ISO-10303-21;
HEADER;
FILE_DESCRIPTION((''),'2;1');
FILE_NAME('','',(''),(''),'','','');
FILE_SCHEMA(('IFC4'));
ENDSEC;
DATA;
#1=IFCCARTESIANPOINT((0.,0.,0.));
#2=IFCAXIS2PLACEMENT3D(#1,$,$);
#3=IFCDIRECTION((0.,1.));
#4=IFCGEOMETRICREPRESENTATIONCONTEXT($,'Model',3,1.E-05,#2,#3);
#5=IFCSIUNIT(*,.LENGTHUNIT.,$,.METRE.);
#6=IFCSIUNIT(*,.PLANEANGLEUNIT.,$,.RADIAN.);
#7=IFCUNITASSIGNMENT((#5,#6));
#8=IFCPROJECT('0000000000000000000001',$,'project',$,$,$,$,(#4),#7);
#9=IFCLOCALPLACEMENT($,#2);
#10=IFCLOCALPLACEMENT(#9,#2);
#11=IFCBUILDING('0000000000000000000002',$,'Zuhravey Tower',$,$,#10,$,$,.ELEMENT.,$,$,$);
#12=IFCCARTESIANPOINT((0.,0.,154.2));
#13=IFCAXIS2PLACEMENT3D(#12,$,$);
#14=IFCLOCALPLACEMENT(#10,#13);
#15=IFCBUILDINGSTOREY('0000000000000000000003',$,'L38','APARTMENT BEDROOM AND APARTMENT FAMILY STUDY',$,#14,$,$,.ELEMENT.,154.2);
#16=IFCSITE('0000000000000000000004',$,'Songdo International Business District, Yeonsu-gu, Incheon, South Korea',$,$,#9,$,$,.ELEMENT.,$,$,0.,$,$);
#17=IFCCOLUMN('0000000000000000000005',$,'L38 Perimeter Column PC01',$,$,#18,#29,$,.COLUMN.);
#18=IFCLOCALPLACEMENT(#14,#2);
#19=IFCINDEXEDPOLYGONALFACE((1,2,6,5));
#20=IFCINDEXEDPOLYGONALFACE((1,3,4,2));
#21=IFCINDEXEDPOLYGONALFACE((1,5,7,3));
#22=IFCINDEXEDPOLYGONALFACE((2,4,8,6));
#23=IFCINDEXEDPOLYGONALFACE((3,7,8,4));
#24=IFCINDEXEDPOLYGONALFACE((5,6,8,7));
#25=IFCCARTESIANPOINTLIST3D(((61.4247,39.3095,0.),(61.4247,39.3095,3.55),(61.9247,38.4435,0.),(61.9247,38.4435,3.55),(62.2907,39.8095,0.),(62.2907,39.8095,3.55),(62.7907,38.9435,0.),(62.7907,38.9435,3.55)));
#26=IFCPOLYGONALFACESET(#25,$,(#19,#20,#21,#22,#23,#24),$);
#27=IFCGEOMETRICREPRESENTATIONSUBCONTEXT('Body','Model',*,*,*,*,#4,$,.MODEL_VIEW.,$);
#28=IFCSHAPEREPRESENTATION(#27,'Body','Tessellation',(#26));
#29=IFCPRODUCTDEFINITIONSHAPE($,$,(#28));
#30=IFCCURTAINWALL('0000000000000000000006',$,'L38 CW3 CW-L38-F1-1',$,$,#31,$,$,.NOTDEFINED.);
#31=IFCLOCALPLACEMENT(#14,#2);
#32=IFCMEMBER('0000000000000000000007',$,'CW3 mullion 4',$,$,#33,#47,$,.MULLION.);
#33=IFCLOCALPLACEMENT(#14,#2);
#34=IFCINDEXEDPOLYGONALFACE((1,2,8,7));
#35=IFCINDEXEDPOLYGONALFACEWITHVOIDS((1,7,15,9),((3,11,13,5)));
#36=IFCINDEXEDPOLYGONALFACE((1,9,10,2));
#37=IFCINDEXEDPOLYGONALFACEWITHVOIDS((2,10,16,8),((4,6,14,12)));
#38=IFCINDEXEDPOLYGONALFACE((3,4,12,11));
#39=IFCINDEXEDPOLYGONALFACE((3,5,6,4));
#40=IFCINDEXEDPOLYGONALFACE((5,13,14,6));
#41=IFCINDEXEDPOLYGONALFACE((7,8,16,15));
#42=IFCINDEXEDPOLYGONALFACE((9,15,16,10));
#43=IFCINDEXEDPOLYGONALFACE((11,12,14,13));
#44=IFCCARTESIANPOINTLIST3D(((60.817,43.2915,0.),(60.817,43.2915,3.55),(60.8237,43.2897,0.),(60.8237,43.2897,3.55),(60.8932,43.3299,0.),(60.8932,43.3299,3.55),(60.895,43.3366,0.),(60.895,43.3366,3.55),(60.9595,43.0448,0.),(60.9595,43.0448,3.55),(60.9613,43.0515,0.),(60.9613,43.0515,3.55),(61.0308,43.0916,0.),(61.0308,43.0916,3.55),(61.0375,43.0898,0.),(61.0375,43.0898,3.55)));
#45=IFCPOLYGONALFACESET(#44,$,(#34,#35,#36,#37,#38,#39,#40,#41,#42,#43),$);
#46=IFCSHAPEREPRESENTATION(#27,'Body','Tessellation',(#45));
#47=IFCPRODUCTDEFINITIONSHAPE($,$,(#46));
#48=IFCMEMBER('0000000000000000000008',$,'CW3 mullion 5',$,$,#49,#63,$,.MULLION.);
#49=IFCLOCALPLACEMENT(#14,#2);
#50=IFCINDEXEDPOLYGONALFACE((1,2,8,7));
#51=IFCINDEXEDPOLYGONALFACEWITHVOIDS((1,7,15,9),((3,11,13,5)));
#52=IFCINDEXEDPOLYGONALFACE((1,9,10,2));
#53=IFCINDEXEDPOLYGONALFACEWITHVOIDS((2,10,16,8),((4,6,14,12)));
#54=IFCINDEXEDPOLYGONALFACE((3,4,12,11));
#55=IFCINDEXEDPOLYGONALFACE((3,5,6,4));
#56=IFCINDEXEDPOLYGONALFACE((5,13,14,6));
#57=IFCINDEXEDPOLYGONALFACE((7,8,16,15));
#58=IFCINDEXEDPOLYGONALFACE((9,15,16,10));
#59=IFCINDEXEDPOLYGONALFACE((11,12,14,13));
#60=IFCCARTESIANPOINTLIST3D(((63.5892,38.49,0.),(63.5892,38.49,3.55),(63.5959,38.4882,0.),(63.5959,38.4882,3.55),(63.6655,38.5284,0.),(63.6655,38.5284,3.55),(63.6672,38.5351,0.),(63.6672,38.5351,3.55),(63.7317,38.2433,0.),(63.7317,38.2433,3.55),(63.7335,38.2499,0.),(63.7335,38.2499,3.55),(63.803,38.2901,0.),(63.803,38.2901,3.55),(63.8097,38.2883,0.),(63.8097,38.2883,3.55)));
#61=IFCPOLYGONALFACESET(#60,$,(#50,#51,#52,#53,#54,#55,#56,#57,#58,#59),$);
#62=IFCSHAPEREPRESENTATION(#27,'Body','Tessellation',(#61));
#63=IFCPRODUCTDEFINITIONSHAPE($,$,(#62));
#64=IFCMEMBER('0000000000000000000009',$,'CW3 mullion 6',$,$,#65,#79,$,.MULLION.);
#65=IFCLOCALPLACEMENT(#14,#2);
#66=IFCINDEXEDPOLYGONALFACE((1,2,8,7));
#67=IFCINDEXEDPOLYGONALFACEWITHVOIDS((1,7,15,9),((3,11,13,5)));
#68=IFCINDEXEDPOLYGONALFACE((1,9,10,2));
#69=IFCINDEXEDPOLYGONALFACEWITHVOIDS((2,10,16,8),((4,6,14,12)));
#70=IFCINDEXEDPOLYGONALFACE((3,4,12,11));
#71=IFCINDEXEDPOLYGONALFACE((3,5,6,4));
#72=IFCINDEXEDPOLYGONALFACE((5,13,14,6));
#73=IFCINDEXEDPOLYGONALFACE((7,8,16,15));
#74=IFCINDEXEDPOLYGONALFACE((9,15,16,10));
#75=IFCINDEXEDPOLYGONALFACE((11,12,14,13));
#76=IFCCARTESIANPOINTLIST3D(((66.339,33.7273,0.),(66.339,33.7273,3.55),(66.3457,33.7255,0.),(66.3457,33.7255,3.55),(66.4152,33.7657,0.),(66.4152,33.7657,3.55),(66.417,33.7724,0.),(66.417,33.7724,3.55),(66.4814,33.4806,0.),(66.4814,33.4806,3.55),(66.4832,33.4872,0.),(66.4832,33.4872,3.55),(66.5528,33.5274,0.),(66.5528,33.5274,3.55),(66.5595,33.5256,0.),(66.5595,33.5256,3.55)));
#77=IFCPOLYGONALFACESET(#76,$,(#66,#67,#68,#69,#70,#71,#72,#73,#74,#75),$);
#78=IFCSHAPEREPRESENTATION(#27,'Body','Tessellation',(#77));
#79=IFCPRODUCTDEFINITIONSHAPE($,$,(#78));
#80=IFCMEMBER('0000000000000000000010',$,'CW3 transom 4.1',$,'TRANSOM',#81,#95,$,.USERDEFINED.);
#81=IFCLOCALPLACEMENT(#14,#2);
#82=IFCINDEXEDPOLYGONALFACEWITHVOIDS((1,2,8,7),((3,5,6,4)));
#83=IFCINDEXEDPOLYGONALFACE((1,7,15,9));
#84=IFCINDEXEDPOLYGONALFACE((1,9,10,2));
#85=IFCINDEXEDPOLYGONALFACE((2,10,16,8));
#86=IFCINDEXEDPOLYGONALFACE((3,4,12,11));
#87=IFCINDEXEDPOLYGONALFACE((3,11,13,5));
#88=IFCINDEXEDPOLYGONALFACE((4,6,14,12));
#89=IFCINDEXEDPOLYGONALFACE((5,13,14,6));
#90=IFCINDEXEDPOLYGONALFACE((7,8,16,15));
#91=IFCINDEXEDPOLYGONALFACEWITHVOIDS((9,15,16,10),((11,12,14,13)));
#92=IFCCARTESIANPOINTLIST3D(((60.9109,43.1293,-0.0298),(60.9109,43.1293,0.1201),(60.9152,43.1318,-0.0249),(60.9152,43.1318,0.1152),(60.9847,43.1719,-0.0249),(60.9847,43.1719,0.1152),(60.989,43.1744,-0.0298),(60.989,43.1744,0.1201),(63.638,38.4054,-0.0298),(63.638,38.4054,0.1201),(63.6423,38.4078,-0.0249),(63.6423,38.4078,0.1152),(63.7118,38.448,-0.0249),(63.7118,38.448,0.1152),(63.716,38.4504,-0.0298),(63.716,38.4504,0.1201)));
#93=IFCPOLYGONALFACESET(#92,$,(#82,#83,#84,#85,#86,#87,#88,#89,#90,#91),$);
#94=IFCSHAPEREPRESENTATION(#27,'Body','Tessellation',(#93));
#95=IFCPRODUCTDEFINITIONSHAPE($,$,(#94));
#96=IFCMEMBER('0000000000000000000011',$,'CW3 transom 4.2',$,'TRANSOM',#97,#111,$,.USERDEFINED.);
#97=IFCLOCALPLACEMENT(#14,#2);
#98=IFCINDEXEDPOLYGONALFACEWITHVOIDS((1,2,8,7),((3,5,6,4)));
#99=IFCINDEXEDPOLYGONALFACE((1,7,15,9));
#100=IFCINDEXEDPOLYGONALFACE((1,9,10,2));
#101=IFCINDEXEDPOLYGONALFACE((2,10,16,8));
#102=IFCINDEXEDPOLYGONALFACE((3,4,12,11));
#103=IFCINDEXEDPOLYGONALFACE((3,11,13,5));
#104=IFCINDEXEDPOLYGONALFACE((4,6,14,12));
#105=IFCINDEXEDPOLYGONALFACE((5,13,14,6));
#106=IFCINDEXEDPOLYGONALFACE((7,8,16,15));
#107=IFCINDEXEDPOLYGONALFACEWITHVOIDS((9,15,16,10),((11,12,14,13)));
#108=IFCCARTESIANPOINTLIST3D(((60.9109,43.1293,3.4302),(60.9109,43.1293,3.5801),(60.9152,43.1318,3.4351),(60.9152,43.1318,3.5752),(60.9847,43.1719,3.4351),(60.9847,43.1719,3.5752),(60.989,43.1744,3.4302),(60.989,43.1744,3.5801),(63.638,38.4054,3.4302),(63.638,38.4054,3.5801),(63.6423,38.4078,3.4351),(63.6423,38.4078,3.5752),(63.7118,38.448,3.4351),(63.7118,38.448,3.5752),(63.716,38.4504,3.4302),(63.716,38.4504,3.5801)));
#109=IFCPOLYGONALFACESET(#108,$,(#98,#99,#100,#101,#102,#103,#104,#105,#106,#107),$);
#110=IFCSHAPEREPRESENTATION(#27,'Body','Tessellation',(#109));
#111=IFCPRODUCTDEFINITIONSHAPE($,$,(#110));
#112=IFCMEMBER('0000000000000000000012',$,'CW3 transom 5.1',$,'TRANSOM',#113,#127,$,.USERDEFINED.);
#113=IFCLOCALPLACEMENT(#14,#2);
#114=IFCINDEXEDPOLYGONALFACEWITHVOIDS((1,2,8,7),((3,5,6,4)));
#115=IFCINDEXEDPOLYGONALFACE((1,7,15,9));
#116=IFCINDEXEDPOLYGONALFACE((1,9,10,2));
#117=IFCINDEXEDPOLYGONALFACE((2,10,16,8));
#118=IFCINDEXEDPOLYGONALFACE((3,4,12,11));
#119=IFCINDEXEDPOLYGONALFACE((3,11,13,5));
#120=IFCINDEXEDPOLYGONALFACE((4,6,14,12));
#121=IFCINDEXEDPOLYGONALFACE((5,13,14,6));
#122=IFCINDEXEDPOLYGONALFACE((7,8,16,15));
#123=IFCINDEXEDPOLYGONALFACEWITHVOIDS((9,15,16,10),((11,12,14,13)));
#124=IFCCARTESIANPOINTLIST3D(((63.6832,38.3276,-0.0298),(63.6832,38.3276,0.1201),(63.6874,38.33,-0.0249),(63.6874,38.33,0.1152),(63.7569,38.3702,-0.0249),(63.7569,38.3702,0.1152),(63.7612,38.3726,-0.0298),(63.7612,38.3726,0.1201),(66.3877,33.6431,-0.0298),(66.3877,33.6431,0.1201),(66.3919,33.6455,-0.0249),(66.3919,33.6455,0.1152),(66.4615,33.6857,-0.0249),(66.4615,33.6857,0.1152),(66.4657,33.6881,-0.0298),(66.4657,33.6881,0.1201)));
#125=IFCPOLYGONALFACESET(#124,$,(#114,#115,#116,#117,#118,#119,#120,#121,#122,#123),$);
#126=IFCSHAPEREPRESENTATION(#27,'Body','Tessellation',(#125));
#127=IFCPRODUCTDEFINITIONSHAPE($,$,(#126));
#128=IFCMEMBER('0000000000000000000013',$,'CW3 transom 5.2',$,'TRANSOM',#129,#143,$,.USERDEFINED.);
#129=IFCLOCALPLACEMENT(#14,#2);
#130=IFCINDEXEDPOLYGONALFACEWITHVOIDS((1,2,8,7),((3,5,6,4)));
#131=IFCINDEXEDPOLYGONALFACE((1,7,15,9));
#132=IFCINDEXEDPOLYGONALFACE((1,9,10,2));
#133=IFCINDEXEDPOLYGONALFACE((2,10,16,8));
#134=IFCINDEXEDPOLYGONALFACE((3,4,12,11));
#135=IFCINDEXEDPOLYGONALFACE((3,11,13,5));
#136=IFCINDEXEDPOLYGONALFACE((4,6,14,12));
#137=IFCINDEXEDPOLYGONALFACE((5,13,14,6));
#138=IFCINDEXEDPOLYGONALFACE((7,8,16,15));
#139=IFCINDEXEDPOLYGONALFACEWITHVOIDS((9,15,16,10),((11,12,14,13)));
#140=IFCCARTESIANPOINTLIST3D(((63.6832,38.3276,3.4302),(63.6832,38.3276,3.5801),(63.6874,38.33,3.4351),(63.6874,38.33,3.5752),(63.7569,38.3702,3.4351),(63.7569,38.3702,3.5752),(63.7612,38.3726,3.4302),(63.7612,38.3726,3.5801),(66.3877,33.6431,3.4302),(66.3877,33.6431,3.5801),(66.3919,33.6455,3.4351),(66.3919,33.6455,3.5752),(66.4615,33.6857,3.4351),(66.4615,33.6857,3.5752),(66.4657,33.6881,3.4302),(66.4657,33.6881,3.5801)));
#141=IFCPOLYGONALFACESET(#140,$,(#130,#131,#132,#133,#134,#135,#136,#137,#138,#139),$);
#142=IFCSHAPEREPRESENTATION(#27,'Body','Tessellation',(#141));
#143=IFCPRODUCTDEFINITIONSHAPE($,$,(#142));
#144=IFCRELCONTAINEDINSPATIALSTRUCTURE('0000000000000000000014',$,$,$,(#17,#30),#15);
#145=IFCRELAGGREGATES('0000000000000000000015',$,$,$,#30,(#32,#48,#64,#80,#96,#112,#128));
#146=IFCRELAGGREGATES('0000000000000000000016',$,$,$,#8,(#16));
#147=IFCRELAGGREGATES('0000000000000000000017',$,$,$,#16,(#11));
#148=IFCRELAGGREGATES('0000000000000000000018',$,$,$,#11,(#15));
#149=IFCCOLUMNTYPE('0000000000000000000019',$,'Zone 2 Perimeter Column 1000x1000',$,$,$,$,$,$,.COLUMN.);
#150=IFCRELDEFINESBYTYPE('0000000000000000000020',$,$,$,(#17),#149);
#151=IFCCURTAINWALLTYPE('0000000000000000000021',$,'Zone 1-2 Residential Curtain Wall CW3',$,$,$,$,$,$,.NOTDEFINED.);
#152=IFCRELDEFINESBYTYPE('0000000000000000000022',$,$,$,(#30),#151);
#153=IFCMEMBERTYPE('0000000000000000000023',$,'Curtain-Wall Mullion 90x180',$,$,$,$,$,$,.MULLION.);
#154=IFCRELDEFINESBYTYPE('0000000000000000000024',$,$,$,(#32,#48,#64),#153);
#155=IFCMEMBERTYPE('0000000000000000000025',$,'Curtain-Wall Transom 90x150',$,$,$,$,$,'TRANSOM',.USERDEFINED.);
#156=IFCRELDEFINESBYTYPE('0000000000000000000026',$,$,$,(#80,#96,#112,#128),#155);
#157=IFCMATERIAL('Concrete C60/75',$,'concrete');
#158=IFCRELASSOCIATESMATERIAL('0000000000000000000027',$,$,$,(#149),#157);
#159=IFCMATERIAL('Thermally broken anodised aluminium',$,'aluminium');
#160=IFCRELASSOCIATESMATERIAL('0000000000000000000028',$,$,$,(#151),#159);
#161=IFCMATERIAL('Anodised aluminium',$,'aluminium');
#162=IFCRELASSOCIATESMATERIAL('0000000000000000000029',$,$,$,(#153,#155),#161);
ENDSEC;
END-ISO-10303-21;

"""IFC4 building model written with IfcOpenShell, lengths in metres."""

from ifc_helpers import new_model, si_unit, direction, frame, origin, origin_2d, place, context, subcontext, project, spatial, rectangle, hollow_rectangle, extrude, material, material_profile, profile_set, type_object, element, aggregate, save


model = new_model("IFC4")

# Units and contexts
model_context = context("Model", 3, precision=1e-05, world=origin(), true_north=direction((0.0, 1.0)))
body_context = subcontext(model_context, "Body", "Model", "MODEL_VIEW")
ifc_project = project(units=[si_unit("LENGTHUNIT", "METRE"), si_unit("PLANEANGLEUNIT", "RADIAN")], contexts=[model_context])

# Site, building, storey
site_placement = place(None, origin())
site = spatial("IfcSite", under=ifc_project, at=site_placement, Name="Songdo International Business District, Yeonsu-gu, Incheon, South Korea", CompositionType="ELEMENT", RefElevation=0.0)
building_placement = place(site_placement, origin())
building = spatial("IfcBuilding", under=site, at=building_placement, Name="Zuhravey Tower", CompositionType="ELEMENT")
storey_placement = place(building_placement, frame((0.0, 0.0, 154.2)))
storey = spatial("IfcBuildingStorey", under=building, at=storey_placement, Name="L38", Description="APARTMENT BEDROOM AND APARTMENT FAMILY STUDY", CompositionType="ELEMENT", Elevation=154.2)

# Column
ifc_material_1 = material(Name="Concrete C60/75", Category="concrete")
ifc_material_profile_1 = material_profile(ifc_material_1, rectangle(XDim=1.0, YDim=1.0, at=origin_2d()), Name="RC-1000x1000")
ifc_profile_set_1 = profile_set([ifc_material_profile_1], Name="Concrete C60/75")
column_type = type_object("IfcColumnType", Name="Zone 2 Perimeter Column 1000x1000", PredefinedType="COLUMN", material=ifc_profile_set_1)
column_placement = place(storey_placement, frame((62.1077, 39.1265, 0.0), z_axis=(0.0, 0.0, 1.0), x_axis=(-0.5, 0.866025, 0.0)))
element("IfcColumn", 1, at=column_placement, inside=storey, type_object=column_type, Name="L38 Perimeter Column PC01", PredefinedType="COLUMN", context=body_context, shape_type="SweptSolid", body=[
    extrude(rectangle(XDim=1.0, YDim=1.0, at=origin_2d()), origin(), (0.0, 0.0, 1.0), 3.55),
])

# Curtain wall, members
ifc_material_2 = material(Name="Thermally broken anodised aluminium", Category="aluminium")
curtain_wall_type = type_object("IfcCurtainWallType", Name="Zone 1-2 Residential Curtain Wall CW3", PredefinedType="NOTDEFINED", material=ifc_material_2)
curtain_wall_placement = place(storey_placement, origin())
curtain_wall = element("IfcCurtainWall", 2, at=curtain_wall_placement, inside=storey, type_object=curtain_wall_type, Name="L38 CW3 CW-L38-F1-1", PredefinedType="NOTDEFINED")
ifc_material_3 = material(Name="Anodised aluminium", Category="aluminium")
ifc_material_profile_2 = material_profile(ifc_material_3, hollow_rectangle(XDim=0.0901, YDim=0.2849, WallThickness=0.0049, at=origin_2d()), Name="ALU-RHS-90x285x5")
ifc_profile_set_2 = profile_set([ifc_material_profile_2], Name="Anodised aluminium")
member_type_1 = type_object("IfcMemberType", Name="Curtain-Wall Mullion 90x180", PredefinedType="MULLION", material=ifc_profile_set_2)
member_1_placement = place(storey_placement, frame((60.9272, 43.1907, 0.0), z_axis=(0.0, 0.0, 1.0), x_axis=(0.866025, 0.5, 0.0)))
member_1 = element("IfcMember", 3, at=member_1_placement, type_object=member_type_1, Name="CW3 mullion 4", PredefinedType="MULLION", context=body_context, shape_type="SweptSolid", body=[
    extrude(hollow_rectangle(XDim=0.0901, YDim=0.2849, WallThickness=0.0049, at=origin_2d()), origin(), (0.0, 0.0, 1.0), 3.55),
])
member_2_placement = place(storey_placement, frame((63.6995, 38.3892, 0.0), z_axis=(0.0, 0.0, 1.0), x_axis=(0.866025, 0.5, 0.0)))
member_2 = element("IfcMember", 4, at=member_2_placement, type_object=member_type_1, Name="CW3 mullion 5", PredefinedType="MULLION", context=body_context, shape_type="SweptSolid", body=[
    extrude(hollow_rectangle(XDim=0.0901, YDim=0.2849, WallThickness=0.0049, at=origin_2d()), origin(), (0.0, 0.0, 1.0), 3.55),
])
member_3_placement = place(storey_placement, frame((66.4492, 33.6265, 0.0), z_axis=(0.0, 0.0, 1.0), x_axis=(0.866025, 0.5, 0.0)))
member_3 = element("IfcMember", 5, at=member_3_placement, type_object=member_type_1, Name="CW3 mullion 6", PredefinedType="MULLION", context=body_context, shape_type="SweptSolid", body=[
    extrude(hollow_rectangle(XDim=0.0901, YDim=0.2849, WallThickness=0.0049, at=origin_2d()), origin(), (0.0, 0.0, 1.0), 3.55),
])
ifc_material_profile_3 = material_profile(ifc_material_3, hollow_rectangle(XDim=0.0901, YDim=0.1499, WallThickness=0.0049, at=origin_2d()), Name="ALU-RHS-90x150x5")
ifc_profile_set_3 = profile_set([ifc_material_profile_3], Name="Anodised aluminium")
member_type_2 = type_object("IfcMemberType", Name="Curtain-Wall Transom 90x150", ElementType="TRANSOM", PredefinedType="USERDEFINED", material=ifc_profile_set_3)
member_4_placement = place(storey_placement, frame((60.95, 43.1519, 0.0452), z_axis=(0.499961, -0.866048, 0.0), x_axis=(0.866048, 0.499961, 0.0)))
member_4 = element("IfcMember", 6, at=member_4_placement, type_object=member_type_2, Name="CW3 transom 4.1", ObjectType="TRANSOM", PredefinedType="USERDEFINED", context=body_context, shape_type="SweptSolid", body=[
    extrude(hollow_rectangle(XDim=0.0901, YDim=0.1499, WallThickness=0.0049, at=origin_2d()), origin(), (0.0, 0.0, 1.0), 5.4546),
])
member_5_placement = place(storey_placement, frame((60.95, 43.1519, 3.5051), z_axis=(0.499961, -0.866048, 0.0), x_axis=(0.866048, 0.499961, 0.0)))
member_5 = element("IfcMember", 7, at=member_5_placement, type_object=member_type_2, Name="CW3 transom 4.2", ObjectType="TRANSOM", PredefinedType="USERDEFINED", context=body_context, shape_type="SweptSolid", body=[
    extrude(hollow_rectangle(XDim=0.0901, YDim=0.1499, WallThickness=0.0049, at=origin_2d()), origin(), (0.0, 0.0, 1.0), 5.4546),
])
member_6_placement = place(storey_placement, frame((63.7222, 38.3501, 0.0452), z_axis=(0.499993, -0.866029, 0.0), x_axis=(0.866029, 0.499993, 0.0)))
member_6 = element("IfcMember", 8, at=member_6_placement, type_object=member_type_2, Name="CW3 transom 5.1", ObjectType="TRANSOM", PredefinedType="USERDEFINED", context=body_context, shape_type="SweptSolid", body=[
    extrude(hollow_rectangle(XDim=0.0901, YDim=0.1499, WallThickness=0.0049, at=origin_2d()), origin(), (0.0, 0.0, 1.0), 5.4092),
])
member_7_placement = place(storey_placement, frame((63.7222, 38.3501, 3.5051), z_axis=(0.499993, -0.866029, 0.0), x_axis=(0.866029, 0.499993, 0.0)))
member_7 = element("IfcMember", 9, at=member_7_placement, type_object=member_type_2, Name="CW3 transom 5.2", ObjectType="TRANSOM", PredefinedType="USERDEFINED", context=body_context, shape_type="SweptSolid", body=[
    extrude(hollow_rectangle(XDim=0.0901, YDim=0.1499, WallThickness=0.0049, at=origin_2d()), origin(), (0.0, 0.0, 1.0), 5.4092),
])

aggregate(curtain_wall, [member_1, member_2, member_3, member_4, member_5, member_6, member_7])

save(model, "model.ifc")
